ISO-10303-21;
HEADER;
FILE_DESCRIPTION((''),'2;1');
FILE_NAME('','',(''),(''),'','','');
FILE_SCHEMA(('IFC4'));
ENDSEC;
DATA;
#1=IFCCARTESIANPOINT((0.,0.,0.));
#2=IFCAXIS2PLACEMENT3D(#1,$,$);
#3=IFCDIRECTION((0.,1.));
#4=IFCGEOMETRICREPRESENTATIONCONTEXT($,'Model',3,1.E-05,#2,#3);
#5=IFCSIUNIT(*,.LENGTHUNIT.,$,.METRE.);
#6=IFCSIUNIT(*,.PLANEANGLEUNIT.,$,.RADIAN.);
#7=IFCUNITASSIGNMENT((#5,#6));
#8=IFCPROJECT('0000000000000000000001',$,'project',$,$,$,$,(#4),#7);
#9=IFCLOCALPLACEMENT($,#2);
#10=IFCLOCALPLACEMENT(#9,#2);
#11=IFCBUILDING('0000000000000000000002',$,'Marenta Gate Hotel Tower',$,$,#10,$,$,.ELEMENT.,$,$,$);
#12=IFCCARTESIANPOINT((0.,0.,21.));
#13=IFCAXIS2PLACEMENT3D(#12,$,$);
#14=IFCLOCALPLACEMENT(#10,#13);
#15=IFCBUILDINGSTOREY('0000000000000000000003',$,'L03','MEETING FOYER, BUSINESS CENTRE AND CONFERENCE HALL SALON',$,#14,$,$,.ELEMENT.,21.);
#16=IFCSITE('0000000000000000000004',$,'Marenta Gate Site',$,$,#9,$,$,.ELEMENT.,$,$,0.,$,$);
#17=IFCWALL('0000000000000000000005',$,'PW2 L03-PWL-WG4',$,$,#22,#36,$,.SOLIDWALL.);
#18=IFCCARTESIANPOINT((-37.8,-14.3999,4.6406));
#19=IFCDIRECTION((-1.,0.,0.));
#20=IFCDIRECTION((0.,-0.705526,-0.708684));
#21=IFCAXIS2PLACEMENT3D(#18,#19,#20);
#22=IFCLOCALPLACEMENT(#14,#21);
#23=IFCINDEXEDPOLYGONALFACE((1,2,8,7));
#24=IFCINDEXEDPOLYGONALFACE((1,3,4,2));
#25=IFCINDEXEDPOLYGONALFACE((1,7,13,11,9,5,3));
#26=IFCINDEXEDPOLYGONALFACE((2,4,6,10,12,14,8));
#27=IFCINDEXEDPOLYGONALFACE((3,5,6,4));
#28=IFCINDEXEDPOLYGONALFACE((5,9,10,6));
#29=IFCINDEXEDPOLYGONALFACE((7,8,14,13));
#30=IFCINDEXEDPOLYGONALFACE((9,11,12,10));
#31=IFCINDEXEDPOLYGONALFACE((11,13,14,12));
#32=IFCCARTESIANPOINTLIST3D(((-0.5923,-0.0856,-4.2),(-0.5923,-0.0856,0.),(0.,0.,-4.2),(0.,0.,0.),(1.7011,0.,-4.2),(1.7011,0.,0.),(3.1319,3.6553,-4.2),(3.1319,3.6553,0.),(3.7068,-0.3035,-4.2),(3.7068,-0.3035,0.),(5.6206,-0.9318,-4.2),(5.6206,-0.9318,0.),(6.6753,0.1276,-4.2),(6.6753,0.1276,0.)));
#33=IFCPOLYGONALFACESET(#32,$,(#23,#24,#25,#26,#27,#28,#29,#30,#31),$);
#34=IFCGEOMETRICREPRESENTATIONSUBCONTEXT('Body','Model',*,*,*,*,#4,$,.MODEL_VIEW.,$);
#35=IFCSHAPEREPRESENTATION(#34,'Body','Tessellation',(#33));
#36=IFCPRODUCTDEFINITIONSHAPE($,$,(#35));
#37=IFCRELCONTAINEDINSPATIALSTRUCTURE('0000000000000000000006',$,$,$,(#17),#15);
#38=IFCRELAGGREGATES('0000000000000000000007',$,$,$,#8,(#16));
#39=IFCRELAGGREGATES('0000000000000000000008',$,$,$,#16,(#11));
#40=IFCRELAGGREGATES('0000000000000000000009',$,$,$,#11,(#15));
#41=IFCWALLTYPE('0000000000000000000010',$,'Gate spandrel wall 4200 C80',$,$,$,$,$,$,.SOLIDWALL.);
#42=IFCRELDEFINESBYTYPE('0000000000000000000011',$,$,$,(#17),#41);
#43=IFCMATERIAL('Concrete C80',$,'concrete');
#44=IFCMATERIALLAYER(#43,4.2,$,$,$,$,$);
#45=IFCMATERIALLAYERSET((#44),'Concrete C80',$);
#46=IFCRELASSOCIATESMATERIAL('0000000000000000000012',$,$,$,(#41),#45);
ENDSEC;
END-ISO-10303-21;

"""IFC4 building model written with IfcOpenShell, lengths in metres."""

from ifc_helpers import new_model, si_unit, direction, frame, origin, place, context, subcontext, project, spatial, polyline, outline, extrude, material, layer, layer_set, type_object, element, save


model = new_model("IFC4")

# Units and contexts
model_context = context("Model", 3, precision=1e-05, world=origin(), true_north=direction((0.0, 1.0)))
body_context = subcontext(model_context, "Body", "Model", "MODEL_VIEW")
ifc_project = project(units=[si_unit("LENGTHUNIT", "METRE"), si_unit("PLANEANGLEUNIT", "RADIAN")], contexts=[model_context])

# Site, building, storey
site_placement = place(None, origin())
site = spatial("IfcSite", under=ifc_project, at=site_placement, Name="Marenta Gate Site", CompositionType="ELEMENT", RefElevation=0.0)
building_placement = place(site_placement, origin())
building = spatial("IfcBuilding", under=site, at=building_placement, Name="Marenta Gate Hotel Tower", CompositionType="ELEMENT")
storey_placement = place(building_placement, frame((0.0, 0.0, 21.0)))
storey = spatial("IfcBuildingStorey", under=building, at=storey_placement, Name="L03", Description="MEETING FOYER, BUSINESS CENTRE AND CONFERENCE HALL SALON", CompositionType="ELEMENT", Elevation=21.0)

# Wall
ifc_material_1 = material(Name="Concrete C80", Category="concrete")
ifc_layer_1 = layer(ifc_material_1, 4.2)
ifc_layer_set_1 = layer_set([ifc_layer_1], Name="Concrete C80")
wall_type_1 = type_object("IfcWallType", Name="Gate spandrel wall 4200 C80", PredefinedType="SOLIDWALL", material=ifc_layer_set_1)
wall_1_placement = place(storey_placement, frame((-37.8, -14.3999, 4.6406), z_axis=(-1.0, 0.0, 0.0), x_axis=(0.0, -0.705526, -0.708684)))
element("IfcWall", 1, at=wall_1_placement, inside=storey, type_object=wall_type_1, Name="PW2 L03-PWL-WG4", PredefinedType="SOLIDWALL", context=body_context, shape_type="SweptSolid", body=[
    extrude(outline(polyline([(0.0, 0.0), (1.7011, 0.0), (3.7068, -0.3035), (5.6206, -0.9318), (6.6753, 0.1276), (3.1319, 3.6553), (-0.5923, -0.0856), (0.0, 0.0)])), origin(), (0.0, 0.0, -1.0), 4.2),
])

save(model, "model.ifc")
